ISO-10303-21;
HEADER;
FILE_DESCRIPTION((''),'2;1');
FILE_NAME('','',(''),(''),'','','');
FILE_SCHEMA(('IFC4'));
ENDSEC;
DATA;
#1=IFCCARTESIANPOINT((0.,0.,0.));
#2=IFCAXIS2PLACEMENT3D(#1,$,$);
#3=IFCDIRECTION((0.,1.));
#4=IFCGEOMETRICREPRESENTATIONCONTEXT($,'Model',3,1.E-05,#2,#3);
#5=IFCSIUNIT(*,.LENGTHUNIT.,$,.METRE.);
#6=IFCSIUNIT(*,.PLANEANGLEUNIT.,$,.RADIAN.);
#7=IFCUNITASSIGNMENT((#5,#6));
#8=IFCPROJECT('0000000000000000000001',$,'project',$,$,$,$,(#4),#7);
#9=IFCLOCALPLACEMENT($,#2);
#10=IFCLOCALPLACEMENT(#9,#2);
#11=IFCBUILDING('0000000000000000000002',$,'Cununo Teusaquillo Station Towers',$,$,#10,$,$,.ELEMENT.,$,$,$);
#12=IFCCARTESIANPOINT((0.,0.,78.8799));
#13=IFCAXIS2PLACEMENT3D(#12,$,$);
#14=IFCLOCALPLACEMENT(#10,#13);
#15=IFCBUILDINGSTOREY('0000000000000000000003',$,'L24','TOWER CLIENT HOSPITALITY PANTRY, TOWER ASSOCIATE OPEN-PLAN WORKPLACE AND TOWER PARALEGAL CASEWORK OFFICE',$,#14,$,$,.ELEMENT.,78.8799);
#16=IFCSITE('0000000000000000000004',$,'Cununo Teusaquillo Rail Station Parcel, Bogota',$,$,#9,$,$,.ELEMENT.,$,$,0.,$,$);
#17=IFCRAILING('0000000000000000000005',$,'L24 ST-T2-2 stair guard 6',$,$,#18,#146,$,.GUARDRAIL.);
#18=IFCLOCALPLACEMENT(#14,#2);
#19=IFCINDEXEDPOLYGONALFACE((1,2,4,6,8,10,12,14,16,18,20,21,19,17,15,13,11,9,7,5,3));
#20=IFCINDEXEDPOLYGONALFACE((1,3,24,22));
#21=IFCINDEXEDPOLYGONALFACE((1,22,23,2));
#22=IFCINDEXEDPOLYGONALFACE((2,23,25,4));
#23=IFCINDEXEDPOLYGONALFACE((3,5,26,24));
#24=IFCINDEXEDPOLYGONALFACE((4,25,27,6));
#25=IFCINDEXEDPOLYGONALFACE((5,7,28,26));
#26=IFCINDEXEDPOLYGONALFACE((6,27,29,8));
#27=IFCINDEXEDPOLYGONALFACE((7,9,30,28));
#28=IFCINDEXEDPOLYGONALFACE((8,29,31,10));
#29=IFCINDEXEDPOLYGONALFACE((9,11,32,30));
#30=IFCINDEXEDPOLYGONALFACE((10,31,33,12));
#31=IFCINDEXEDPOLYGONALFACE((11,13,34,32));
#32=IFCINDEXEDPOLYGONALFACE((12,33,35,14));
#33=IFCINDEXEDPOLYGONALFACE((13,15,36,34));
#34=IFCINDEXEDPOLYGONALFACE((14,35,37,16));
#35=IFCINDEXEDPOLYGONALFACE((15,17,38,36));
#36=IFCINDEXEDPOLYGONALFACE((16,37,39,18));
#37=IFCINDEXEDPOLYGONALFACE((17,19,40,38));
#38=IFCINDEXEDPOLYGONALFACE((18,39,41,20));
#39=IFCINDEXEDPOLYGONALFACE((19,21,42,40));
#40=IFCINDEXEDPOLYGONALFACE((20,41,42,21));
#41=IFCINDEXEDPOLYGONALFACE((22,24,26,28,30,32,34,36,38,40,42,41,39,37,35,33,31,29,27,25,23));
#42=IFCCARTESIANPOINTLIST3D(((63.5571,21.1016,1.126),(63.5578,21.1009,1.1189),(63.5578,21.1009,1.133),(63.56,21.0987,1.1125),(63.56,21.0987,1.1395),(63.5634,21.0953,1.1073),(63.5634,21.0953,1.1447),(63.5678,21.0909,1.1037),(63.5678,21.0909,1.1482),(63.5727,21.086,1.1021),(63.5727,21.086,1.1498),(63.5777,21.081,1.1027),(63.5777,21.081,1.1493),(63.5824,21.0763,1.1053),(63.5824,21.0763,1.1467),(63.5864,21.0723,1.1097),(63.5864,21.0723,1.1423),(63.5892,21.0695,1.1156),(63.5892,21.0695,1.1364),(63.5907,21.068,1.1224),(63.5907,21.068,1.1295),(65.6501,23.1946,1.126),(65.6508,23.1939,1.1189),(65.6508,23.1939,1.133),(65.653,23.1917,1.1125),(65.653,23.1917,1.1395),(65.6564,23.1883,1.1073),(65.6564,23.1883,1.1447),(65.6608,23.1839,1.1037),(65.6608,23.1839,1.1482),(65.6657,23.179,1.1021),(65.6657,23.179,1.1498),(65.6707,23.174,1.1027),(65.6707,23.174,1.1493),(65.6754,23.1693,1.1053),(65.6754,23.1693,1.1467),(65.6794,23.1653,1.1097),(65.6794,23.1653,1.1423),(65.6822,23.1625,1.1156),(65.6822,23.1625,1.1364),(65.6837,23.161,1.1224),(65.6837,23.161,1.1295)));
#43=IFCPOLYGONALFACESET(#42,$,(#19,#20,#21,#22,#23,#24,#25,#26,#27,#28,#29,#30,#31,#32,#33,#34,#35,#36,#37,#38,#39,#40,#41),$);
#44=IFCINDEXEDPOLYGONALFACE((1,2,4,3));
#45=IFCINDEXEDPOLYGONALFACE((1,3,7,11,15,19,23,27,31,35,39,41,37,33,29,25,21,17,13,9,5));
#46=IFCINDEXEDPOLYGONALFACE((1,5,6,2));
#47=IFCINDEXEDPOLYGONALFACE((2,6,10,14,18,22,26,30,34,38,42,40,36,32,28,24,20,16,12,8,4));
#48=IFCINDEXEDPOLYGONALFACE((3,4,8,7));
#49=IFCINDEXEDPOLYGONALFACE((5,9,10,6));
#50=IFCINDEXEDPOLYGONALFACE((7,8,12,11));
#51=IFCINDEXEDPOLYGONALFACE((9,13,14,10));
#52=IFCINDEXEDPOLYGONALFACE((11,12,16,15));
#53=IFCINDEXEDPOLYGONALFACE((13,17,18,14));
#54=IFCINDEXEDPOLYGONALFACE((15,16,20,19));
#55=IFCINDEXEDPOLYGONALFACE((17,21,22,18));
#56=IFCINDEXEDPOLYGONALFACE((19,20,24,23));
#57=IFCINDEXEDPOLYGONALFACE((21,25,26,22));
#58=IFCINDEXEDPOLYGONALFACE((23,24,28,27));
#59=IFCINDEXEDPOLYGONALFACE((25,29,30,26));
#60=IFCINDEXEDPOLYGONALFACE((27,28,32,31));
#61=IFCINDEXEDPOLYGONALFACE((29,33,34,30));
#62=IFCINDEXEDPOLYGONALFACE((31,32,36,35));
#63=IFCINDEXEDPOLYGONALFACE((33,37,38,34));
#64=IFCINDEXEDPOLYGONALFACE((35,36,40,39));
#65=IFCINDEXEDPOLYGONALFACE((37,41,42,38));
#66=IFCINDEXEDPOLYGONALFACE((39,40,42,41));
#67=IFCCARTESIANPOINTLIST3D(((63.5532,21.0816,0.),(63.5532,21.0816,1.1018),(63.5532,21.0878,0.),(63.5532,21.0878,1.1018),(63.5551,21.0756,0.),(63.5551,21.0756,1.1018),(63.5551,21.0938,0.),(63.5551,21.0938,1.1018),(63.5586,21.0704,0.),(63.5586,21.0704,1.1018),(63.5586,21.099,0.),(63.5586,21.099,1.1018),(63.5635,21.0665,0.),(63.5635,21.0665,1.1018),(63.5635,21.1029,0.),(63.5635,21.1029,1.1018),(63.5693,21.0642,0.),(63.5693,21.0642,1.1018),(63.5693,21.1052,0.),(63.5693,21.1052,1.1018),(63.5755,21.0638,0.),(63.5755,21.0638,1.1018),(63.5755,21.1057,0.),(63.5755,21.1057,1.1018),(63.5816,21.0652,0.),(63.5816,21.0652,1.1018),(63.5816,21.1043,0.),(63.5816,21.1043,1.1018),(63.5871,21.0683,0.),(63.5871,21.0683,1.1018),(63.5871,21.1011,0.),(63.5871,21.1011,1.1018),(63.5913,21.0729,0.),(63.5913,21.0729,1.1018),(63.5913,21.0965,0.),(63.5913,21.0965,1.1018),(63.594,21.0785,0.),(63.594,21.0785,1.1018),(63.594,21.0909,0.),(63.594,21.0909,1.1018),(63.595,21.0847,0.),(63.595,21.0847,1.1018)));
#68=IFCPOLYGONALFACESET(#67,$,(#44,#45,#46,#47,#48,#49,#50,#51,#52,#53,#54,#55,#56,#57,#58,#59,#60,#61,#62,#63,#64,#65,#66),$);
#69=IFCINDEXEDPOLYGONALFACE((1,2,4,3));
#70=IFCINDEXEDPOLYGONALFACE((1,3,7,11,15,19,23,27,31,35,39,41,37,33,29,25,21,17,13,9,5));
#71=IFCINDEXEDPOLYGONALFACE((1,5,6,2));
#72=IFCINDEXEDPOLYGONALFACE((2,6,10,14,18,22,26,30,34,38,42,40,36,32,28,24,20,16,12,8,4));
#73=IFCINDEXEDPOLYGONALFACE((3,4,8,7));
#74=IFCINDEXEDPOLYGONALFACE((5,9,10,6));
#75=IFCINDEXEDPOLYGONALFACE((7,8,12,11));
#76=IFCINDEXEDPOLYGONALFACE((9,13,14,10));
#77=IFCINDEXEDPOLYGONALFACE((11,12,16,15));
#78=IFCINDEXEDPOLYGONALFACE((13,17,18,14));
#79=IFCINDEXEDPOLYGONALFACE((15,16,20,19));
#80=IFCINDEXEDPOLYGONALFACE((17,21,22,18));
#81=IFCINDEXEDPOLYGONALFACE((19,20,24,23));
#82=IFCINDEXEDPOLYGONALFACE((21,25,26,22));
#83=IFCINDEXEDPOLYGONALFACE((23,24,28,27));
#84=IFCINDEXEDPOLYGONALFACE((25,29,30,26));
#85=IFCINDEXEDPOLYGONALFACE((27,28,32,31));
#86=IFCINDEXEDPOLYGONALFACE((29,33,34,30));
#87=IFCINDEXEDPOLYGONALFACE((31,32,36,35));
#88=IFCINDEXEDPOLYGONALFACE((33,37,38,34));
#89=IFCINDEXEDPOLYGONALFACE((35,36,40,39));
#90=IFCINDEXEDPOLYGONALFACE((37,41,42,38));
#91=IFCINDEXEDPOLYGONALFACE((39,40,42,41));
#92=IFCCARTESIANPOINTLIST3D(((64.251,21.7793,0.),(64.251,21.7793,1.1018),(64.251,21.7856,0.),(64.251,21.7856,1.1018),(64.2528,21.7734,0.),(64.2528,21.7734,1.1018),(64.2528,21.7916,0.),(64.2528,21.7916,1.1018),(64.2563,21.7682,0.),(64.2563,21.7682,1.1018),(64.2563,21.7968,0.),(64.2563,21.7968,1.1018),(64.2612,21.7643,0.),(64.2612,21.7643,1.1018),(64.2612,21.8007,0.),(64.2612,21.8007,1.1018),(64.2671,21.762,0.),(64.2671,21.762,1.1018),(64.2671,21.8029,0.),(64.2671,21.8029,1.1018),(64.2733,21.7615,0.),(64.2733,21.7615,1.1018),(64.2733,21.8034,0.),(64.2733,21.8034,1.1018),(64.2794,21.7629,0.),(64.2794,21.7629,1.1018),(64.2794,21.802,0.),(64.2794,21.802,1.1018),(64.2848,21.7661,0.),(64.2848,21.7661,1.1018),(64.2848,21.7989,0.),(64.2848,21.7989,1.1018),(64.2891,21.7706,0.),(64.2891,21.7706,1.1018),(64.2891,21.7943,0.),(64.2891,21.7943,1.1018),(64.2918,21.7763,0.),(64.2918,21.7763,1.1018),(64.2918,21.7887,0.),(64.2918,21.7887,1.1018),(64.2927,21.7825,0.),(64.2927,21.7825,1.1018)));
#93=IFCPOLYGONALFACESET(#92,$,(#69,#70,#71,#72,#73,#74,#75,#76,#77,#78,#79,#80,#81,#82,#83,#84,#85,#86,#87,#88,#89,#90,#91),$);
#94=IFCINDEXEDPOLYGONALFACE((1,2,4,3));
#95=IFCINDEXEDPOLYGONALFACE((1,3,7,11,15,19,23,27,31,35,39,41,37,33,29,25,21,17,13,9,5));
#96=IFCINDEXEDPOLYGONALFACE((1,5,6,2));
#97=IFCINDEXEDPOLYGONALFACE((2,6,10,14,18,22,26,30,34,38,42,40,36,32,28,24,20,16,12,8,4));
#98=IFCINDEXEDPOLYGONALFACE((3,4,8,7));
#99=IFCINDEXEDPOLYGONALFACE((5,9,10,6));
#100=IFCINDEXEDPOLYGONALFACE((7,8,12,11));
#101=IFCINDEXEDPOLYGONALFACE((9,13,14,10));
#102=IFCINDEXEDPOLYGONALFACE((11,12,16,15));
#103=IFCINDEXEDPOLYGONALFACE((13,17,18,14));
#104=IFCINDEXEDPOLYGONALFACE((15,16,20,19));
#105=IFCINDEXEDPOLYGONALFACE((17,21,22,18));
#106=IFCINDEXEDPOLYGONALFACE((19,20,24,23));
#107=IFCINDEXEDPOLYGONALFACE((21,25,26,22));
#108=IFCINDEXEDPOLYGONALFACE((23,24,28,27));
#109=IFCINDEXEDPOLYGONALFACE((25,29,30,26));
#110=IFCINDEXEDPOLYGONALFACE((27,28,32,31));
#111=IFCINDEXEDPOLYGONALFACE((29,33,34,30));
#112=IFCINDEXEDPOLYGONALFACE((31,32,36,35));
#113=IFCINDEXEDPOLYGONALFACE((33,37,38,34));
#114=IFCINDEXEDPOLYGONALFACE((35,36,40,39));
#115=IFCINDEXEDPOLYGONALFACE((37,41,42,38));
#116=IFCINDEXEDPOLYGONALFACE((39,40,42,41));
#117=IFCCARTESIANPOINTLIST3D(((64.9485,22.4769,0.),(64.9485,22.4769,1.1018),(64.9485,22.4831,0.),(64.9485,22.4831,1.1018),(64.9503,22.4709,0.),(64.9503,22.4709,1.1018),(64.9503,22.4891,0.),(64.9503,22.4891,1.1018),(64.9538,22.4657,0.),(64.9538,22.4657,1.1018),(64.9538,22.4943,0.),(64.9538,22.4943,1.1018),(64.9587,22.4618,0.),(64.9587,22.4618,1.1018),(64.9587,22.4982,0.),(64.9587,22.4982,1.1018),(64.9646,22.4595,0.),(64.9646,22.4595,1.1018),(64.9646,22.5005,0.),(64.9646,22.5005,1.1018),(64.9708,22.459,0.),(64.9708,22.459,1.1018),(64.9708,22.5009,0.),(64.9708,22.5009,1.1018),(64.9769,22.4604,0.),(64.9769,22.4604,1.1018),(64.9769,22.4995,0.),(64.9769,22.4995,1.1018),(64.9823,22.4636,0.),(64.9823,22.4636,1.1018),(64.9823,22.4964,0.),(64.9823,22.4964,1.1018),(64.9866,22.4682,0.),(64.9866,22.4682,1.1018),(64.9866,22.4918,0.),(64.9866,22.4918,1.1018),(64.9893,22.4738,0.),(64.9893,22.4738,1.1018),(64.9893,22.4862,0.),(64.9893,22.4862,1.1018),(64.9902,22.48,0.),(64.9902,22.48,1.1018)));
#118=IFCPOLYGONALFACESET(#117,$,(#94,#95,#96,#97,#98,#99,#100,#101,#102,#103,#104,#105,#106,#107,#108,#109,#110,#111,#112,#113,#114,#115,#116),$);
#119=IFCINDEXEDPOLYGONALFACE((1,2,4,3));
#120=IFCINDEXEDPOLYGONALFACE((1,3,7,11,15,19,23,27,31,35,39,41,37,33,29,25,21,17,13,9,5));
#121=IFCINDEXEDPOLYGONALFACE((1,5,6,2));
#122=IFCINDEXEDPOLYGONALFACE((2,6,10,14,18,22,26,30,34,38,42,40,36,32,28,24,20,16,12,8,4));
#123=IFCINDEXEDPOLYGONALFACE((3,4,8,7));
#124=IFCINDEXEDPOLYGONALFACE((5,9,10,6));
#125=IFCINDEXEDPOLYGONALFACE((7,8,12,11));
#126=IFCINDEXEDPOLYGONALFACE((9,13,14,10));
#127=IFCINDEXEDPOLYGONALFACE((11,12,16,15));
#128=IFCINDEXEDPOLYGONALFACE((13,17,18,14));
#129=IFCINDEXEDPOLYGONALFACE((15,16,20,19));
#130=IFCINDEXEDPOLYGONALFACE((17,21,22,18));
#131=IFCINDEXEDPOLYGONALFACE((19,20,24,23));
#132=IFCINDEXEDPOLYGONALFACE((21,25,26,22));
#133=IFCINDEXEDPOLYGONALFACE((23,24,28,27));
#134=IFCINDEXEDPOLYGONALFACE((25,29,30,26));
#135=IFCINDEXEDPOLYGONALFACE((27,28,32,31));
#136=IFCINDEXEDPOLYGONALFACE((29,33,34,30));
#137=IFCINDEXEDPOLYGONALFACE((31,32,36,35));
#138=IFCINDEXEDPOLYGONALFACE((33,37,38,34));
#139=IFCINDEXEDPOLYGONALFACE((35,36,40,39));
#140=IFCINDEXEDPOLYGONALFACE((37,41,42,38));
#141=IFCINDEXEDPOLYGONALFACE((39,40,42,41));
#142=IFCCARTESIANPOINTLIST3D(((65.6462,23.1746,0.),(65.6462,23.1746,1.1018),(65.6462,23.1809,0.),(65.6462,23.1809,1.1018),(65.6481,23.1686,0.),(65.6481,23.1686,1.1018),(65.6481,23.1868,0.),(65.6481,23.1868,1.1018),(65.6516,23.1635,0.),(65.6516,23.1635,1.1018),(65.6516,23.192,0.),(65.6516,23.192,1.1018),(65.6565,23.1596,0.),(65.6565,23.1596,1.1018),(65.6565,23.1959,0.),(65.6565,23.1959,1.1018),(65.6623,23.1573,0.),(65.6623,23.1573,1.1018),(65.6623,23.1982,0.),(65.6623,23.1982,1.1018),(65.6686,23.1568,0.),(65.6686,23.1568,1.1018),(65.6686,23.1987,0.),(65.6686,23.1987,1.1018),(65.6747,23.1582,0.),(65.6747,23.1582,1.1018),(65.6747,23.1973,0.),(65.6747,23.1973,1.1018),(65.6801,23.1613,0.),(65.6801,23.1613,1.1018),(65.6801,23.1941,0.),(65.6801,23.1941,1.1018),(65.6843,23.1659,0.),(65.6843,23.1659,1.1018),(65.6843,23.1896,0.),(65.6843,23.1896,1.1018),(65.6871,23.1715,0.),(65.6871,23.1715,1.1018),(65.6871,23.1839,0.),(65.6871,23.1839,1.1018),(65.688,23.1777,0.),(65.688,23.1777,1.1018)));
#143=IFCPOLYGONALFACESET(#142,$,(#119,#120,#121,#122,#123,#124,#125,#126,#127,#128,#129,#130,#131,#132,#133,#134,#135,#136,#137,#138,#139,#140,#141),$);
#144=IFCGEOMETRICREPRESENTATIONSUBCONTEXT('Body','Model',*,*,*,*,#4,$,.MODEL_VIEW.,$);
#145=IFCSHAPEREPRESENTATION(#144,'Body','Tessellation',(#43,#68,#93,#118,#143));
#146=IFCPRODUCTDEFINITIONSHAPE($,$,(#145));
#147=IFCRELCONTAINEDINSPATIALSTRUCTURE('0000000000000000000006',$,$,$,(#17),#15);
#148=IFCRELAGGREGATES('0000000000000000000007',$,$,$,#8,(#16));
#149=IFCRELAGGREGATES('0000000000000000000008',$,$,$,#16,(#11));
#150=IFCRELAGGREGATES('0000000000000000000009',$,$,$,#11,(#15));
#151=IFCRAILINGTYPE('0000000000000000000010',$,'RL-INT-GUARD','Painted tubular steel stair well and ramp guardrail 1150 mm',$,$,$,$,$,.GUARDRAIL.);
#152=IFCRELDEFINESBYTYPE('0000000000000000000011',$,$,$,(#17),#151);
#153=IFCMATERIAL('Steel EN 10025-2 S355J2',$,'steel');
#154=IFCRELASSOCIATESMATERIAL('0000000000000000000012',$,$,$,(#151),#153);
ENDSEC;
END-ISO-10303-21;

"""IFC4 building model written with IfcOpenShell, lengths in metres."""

from ifc_helpers import new_model, si_unit, direction, frame, origin, origin_2d, place, context, subcontext, project, spatial, circle, extrude, material, type_object, element, save


model = new_model("IFC4")

# Units and contexts
model_context = context("Model", 3, precision=1e-05, world=origin(), true_north=direction((0.0, 1.0)))
body_context = subcontext(model_context, "Body", "Model", "MODEL_VIEW")
ifc_project = project(units=[si_unit("LENGTHUNIT", "METRE"), si_unit("PLANEANGLEUNIT", "RADIAN")], contexts=[model_context])

# Site, building, storey
site_placement = place(None, origin())
site = spatial("IfcSite", under=ifc_project, at=site_placement, Name="Cununo Teusaquillo Rail Station Parcel, Bogota", CompositionType="ELEMENT", RefElevation=0.0)
building_placement = place(site_placement, origin())
building = spatial("IfcBuilding", under=site, at=building_placement, Name="Cununo Teusaquillo Station Towers", CompositionType="ELEMENT")
storey_placement = place(building_placement, frame((0.0, 0.0, 78.8799)))
storey = spatial("IfcBuildingStorey", under=building, at=storey_placement, Name="L24", Description="TOWER CLIENT HOSPITALITY PANTRY, TOWER ASSOCIATE OPEN-PLAN WORKPLACE AND TOWER PARALEGAL CASEWORK OFFICE", CompositionType="ELEMENT", Elevation=78.8799)

# Railing
ifc_material_1 = material(Name="Steel EN 10025-2 S355J2", Category="steel")
railing_type = type_object("IfcRailingType", Name="RL-INT-GUARD", Description="Painted tubular steel stair well and ramp guardrail 1150 mm", PredefinedType="GUARDRAIL", material=ifc_material_1)
railing_1_placement = place(storey_placement, frame((63.574, 21.0847, 0.0)))
element("IfcRailing", 1, at=railing_1_placement, inside=storey, type_object=railing_type, Name="L24 ST-T2-2 stair guard 6", PredefinedType="GUARDRAIL", context=body_context, shape_type="SweptSolid", body=[
    extrude(circle(Radius=0.0239, at=origin_2d()), frame((0.0, 0.0, 1.126), z_axis=(0.707107, 0.707107, 0.0), x_axis=(-0.707107, 0.707107, 0.0)), (0.0, 0.0, 1.0), 2.96),
    extrude(circle(Radius=0.021, at=origin_2d()), origin(), (0.0, 0.0, 1.0), 1.1018),
    extrude(circle(Radius=0.021, at=origin_2d()), frame((0.6978, 0.6978, 0.0)), (0.0, 0.0, 1.0), 1.1018),
    extrude(circle(Radius=0.021, at=origin_2d()), frame((1.3953, 1.3953, 0.0)), (0.0, 0.0, 1.0), 1.1018),
    extrude(circle(Radius=0.021, at=origin_2d()), frame((2.093, 2.093, 0.0)), (0.0, 0.0, 1.0), 1.1018),
])

save(model, "model.ifc")
